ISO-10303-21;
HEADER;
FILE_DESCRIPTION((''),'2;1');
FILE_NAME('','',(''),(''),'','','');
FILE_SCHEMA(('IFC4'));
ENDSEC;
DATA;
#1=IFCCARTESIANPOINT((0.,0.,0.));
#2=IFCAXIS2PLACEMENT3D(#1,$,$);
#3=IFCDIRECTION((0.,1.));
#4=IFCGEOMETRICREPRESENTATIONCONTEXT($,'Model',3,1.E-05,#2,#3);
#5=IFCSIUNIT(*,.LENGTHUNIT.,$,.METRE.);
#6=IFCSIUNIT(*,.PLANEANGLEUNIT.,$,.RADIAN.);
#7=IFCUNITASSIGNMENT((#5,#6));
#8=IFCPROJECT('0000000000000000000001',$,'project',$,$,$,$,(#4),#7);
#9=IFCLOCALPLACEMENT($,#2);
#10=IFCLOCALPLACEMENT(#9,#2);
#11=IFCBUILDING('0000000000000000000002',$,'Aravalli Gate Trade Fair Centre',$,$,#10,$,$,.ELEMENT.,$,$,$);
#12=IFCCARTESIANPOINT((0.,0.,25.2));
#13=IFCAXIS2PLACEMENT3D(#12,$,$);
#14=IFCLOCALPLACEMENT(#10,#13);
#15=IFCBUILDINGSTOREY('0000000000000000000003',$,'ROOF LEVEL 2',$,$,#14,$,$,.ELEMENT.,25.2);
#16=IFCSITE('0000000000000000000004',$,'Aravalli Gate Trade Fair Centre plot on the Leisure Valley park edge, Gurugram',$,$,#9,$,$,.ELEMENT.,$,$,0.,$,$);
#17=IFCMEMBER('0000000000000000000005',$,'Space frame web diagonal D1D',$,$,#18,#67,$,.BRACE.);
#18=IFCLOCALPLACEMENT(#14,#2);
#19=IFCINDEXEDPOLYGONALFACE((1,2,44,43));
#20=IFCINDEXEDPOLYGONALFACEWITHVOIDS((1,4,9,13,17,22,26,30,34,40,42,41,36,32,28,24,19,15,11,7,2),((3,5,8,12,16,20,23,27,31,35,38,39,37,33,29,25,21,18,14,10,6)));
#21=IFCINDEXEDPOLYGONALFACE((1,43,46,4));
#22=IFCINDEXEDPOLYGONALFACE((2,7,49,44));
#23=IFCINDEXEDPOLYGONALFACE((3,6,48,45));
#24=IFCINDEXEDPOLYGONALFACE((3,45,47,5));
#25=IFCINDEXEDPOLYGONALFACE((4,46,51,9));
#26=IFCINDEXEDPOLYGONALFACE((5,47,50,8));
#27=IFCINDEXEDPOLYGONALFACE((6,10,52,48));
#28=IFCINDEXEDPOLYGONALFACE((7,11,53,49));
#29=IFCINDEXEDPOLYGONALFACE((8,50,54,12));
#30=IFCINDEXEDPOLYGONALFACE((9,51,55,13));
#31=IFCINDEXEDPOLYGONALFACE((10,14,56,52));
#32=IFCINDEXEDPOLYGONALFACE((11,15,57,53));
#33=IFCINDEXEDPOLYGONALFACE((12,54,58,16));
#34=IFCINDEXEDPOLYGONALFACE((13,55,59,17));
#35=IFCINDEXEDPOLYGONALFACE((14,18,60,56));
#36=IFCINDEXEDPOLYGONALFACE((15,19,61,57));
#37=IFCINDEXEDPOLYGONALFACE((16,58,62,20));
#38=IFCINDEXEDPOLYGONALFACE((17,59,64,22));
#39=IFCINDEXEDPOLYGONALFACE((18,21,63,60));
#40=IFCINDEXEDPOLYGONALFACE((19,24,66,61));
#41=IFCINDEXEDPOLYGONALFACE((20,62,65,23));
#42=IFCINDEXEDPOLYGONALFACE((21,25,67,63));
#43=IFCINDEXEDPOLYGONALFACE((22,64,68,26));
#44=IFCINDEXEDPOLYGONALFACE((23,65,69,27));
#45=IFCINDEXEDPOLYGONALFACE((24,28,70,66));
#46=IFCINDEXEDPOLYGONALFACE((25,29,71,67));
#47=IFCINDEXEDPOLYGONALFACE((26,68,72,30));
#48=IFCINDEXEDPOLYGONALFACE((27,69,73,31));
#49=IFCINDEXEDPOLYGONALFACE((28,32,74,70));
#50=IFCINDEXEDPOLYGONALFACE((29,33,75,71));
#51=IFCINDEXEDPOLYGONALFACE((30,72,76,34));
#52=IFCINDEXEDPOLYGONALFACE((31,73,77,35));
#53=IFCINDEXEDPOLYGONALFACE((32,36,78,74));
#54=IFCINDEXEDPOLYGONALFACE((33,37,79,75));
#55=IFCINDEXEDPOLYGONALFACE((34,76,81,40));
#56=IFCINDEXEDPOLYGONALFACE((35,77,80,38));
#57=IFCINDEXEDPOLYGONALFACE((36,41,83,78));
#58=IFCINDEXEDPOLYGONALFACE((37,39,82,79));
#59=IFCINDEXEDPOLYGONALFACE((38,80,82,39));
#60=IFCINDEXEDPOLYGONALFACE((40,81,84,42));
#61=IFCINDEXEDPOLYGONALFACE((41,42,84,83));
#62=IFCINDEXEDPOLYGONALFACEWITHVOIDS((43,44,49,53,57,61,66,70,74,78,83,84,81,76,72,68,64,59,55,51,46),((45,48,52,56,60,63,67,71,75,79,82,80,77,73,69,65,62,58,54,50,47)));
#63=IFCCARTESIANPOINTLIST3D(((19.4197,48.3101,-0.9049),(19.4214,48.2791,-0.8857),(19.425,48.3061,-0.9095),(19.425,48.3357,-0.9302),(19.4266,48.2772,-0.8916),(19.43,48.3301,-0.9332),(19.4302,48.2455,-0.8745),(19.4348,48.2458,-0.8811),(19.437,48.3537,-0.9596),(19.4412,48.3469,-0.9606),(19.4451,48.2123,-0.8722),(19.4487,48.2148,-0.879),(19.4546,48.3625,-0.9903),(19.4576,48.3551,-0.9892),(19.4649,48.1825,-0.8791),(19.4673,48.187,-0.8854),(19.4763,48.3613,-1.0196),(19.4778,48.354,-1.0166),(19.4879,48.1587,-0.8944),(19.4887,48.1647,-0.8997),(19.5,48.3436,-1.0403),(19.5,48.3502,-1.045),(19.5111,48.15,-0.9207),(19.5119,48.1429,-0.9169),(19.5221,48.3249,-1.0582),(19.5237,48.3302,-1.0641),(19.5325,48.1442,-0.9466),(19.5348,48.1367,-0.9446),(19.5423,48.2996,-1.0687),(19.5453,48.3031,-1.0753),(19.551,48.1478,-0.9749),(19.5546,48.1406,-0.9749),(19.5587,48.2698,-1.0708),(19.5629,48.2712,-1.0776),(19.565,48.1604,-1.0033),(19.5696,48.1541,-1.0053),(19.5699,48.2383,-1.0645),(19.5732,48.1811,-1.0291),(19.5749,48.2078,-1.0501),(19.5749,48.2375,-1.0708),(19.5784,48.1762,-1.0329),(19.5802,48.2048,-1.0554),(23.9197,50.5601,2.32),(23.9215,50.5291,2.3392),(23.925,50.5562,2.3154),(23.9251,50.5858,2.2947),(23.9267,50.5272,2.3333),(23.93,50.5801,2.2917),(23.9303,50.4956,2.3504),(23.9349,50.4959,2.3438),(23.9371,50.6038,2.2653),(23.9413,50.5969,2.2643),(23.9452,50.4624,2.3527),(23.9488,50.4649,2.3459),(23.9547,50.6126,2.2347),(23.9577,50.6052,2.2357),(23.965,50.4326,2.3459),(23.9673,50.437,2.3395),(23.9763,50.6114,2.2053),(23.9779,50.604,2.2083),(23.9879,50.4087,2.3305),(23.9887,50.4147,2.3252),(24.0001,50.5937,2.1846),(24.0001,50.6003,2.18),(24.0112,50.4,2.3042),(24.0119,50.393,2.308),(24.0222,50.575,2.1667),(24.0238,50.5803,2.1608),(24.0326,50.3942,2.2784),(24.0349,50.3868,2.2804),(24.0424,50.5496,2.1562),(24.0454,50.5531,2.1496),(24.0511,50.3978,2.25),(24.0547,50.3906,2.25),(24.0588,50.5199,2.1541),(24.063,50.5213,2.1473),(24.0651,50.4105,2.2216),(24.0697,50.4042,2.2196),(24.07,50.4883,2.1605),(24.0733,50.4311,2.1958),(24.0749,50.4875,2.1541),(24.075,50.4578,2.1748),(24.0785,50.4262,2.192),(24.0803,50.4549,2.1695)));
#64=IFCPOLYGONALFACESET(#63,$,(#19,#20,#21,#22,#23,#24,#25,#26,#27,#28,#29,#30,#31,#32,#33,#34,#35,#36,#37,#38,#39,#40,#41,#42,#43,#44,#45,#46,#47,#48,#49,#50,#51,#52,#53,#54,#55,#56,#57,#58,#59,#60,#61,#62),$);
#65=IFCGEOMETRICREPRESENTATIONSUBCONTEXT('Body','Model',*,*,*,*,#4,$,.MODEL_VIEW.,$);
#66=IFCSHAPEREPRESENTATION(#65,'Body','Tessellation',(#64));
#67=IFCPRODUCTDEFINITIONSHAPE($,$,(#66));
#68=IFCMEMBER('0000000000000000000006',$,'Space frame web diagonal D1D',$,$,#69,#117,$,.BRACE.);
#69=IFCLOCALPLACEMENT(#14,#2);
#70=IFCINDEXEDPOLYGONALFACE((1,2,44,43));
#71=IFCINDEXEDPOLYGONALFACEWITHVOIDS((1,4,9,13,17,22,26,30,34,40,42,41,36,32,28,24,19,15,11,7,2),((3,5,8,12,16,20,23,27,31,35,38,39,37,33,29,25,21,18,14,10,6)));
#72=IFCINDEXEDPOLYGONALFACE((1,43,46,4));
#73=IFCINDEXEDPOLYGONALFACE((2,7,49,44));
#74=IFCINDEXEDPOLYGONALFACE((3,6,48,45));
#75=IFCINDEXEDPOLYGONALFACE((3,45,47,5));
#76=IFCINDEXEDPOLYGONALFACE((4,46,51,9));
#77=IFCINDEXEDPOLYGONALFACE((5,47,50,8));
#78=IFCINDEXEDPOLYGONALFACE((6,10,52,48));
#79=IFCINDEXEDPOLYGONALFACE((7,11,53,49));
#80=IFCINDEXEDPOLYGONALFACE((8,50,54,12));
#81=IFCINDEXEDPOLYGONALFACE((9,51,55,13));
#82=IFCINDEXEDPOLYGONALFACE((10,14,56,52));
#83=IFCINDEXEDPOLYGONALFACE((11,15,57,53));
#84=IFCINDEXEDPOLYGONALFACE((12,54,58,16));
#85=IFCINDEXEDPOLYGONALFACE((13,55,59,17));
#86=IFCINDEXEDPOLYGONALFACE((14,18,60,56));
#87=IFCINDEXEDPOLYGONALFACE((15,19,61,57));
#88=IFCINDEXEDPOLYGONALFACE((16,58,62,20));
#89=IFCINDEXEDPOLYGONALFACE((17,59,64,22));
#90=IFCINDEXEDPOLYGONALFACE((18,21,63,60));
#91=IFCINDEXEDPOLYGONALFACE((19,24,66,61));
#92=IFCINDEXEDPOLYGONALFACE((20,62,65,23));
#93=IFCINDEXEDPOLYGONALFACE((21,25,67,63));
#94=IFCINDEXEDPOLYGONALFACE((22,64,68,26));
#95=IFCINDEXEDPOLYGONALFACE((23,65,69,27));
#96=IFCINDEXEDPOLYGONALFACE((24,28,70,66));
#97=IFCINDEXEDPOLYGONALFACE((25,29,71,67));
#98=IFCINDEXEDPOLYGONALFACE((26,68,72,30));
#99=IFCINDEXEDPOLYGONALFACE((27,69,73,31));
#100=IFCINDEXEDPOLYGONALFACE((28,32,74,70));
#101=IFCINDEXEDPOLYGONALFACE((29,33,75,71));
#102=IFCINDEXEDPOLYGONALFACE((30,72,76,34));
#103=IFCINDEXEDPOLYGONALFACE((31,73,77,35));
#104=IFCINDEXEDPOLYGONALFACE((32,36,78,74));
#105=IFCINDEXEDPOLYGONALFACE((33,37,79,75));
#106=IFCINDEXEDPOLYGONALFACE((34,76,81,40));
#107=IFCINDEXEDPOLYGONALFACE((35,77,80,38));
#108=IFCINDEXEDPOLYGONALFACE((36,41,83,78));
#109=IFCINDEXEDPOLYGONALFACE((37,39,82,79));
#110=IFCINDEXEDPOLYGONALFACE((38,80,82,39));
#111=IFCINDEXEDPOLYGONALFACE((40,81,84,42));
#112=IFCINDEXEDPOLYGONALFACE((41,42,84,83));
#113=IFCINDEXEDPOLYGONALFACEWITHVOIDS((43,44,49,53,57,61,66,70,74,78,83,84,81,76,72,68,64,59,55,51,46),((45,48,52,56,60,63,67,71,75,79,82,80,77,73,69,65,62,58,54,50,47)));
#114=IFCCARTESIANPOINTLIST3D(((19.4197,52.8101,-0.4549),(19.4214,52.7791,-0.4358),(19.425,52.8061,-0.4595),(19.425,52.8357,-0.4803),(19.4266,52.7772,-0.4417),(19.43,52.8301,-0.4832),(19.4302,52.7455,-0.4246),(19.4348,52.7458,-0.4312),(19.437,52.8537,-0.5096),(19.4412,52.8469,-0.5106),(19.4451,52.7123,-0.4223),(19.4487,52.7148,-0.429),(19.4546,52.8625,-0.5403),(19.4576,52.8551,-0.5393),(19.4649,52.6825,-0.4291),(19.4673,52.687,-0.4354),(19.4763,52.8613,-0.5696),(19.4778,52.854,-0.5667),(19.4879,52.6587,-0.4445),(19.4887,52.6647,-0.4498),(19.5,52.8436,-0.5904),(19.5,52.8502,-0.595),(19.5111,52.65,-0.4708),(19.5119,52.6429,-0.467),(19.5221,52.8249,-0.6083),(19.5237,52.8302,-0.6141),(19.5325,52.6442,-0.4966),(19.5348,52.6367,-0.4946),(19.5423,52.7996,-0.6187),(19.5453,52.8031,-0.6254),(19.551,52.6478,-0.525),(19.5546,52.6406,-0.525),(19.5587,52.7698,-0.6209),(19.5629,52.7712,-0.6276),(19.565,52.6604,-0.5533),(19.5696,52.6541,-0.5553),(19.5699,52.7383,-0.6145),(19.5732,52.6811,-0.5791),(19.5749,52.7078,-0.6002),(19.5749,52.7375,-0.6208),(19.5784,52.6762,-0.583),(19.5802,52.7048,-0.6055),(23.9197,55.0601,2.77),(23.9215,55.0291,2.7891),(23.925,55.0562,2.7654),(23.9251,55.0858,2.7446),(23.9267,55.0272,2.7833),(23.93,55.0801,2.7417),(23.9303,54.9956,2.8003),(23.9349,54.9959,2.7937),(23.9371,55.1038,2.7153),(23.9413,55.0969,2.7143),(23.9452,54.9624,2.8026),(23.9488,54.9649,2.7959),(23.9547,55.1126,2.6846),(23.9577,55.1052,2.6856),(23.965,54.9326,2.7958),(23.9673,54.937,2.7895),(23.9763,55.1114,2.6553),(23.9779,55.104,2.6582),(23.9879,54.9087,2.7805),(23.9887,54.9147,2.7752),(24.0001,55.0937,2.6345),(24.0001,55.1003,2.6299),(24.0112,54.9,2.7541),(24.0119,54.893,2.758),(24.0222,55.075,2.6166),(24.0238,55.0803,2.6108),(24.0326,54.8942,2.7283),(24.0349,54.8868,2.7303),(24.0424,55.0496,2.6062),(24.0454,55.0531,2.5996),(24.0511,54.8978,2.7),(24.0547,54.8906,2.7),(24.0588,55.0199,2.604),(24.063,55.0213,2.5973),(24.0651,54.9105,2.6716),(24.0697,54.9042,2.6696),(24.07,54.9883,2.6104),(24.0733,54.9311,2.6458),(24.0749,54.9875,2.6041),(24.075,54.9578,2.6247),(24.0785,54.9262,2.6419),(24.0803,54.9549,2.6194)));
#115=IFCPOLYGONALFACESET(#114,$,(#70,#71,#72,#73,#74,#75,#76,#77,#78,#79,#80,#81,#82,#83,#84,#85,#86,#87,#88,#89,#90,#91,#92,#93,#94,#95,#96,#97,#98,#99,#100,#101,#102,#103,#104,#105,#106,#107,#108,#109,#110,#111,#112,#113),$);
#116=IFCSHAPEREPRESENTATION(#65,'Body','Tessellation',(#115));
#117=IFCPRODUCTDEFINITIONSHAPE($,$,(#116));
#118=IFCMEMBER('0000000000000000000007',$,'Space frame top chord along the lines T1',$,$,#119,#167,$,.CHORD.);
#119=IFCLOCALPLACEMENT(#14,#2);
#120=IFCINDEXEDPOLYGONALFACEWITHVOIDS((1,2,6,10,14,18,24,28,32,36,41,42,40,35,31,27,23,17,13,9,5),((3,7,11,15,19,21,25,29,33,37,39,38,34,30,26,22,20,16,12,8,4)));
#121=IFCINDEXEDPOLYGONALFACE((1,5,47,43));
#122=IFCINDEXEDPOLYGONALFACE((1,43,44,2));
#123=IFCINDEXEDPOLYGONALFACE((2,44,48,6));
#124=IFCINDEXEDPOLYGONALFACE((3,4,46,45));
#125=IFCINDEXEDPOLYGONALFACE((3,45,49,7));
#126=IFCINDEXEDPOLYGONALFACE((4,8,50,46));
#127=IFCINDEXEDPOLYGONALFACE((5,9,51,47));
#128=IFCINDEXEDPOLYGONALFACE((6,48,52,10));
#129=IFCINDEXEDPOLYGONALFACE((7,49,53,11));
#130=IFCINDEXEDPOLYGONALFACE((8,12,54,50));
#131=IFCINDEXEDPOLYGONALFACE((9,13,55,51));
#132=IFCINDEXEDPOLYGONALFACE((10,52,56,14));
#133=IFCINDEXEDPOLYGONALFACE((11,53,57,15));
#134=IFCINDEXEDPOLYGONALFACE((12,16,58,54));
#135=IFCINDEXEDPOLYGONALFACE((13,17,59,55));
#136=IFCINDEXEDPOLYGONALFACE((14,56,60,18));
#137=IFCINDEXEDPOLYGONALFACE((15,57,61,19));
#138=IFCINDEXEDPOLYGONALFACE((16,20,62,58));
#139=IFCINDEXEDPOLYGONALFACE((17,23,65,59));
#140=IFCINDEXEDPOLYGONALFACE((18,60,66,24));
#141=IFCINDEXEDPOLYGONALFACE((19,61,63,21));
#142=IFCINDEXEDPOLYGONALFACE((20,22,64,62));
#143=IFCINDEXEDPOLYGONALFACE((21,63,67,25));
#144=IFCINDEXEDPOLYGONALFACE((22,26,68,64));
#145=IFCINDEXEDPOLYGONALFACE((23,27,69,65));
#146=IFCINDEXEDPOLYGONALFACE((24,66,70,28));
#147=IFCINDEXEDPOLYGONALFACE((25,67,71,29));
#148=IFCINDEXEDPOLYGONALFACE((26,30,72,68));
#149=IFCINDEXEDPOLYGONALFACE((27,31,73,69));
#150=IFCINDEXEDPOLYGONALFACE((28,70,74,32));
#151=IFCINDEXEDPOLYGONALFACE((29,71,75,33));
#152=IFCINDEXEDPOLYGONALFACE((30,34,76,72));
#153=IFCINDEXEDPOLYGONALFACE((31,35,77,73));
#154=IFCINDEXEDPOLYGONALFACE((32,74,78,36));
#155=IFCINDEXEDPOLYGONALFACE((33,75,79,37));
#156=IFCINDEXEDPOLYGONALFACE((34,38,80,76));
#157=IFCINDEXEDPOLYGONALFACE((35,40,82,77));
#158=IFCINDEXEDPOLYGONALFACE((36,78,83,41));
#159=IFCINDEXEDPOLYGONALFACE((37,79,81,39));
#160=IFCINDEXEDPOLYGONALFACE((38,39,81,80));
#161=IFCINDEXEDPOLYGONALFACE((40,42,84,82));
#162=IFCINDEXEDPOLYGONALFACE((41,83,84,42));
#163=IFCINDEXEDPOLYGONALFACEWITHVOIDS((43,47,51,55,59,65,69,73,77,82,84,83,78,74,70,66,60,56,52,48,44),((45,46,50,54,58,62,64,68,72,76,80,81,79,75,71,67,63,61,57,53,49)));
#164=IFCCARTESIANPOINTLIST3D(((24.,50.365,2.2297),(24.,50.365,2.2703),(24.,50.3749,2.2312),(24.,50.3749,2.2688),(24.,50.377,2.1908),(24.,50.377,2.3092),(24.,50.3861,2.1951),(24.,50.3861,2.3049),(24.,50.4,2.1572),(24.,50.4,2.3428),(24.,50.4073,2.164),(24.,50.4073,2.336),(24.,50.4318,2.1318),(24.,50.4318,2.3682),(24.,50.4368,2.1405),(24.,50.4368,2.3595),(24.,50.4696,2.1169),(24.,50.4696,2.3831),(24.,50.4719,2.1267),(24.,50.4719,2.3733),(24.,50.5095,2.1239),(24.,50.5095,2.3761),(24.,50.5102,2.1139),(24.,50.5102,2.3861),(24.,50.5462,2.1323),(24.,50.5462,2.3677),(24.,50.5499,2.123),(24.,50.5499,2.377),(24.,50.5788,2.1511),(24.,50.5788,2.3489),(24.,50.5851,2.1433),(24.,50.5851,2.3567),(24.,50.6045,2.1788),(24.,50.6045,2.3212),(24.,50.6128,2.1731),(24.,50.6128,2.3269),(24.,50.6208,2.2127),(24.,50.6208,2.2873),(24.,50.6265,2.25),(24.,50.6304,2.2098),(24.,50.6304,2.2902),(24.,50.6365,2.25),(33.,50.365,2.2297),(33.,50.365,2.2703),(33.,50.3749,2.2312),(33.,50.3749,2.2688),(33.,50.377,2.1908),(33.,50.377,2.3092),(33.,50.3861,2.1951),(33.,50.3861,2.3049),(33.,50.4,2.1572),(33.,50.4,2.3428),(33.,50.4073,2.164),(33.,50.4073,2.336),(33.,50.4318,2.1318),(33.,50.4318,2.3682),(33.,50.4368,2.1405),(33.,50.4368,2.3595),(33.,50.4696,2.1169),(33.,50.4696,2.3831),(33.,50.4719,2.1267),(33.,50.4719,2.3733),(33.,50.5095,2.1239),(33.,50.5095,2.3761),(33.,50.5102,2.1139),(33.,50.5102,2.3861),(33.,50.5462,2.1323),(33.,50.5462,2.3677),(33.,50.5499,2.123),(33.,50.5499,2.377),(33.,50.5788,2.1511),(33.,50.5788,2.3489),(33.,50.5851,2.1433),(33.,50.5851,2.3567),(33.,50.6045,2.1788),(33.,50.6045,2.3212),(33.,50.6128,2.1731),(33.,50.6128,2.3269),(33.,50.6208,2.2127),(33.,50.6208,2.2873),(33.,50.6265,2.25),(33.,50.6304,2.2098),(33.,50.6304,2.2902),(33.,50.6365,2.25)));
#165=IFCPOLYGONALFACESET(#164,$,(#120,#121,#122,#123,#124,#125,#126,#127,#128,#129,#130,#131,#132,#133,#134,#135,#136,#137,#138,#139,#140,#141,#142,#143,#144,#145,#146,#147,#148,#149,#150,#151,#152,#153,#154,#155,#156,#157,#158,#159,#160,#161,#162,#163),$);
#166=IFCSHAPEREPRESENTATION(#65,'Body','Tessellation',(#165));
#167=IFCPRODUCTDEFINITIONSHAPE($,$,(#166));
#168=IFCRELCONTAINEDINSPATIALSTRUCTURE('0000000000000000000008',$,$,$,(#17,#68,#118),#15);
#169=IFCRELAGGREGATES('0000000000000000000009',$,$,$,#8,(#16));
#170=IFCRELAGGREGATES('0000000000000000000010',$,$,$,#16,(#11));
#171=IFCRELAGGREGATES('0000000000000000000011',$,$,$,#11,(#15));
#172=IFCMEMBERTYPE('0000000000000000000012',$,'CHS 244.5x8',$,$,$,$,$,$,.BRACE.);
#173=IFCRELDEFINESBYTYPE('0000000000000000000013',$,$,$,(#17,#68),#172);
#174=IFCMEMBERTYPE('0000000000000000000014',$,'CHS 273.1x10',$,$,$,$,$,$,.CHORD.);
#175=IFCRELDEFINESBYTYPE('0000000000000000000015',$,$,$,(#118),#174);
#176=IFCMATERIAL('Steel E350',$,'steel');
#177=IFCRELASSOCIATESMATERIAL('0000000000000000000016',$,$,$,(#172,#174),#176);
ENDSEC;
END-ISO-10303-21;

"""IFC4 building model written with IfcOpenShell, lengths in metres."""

from ifc_helpers import new_model, si_unit, direction, frame, origin, origin_2d, place, context, subcontext, project, spatial, hollow_circle, extrude, material, material_profile, profile_set, type_object, element, save


model = new_model("IFC4")

# Units and contexts
model_context = context("Model", 3, precision=1e-05, world=origin(), true_north=direction((0.0, 1.0)))
body_context = subcontext(model_context, "Body", "Model", "MODEL_VIEW")
ifc_project = project(units=[si_unit("LENGTHUNIT", "METRE"), si_unit("PLANEANGLEUNIT", "RADIAN")], contexts=[model_context])

# Site, building, storey
site_placement = place(None, origin())
site = spatial("IfcSite", under=ifc_project, at=site_placement, Name="Aravalli Gate Trade Fair Centre plot on the Leisure Valley park edge, Gurugram", CompositionType="ELEMENT", RefElevation=0.0)
building_placement = place(site_placement, origin())
building = spatial("IfcBuilding", under=site, at=building_placement, Name="Aravalli Gate Trade Fair Centre", CompositionType="ELEMENT")
storey_placement = place(building_placement, frame((0.0, 0.0, 25.2)))
storey = spatial("IfcBuildingStorey", under=building, at=storey_placement, Name="ROOF LEVEL 2", CompositionType="ELEMENT", Elevation=25.2)

# Members
ifc_material = material(Name="Steel E350", Category="steel")
ifc_material_profile_1 = material_profile(ifc_material, hollow_circle(Radius=0.1223, WallThickness=0.0081, at=origin_2d()), Name="CHS 244.5x8")
ifc_profile_set_1 = profile_set([ifc_material_profile_1], Name="Steel E350")
member_type_1 = type_object("IfcMemberType", Name="CHS 244.5x8", PredefinedType="BRACE", material=ifc_profile_set_1)
for number, where, z_axis, x_axis, name in (
    (1, (24.0, 50.5, 2.25), (-0.753016, -0.376508, -0.539637), (0.447214, -0.894427, 0.0), "Space frame web diagonal D1D"),
    (2, (24.0, 55.0, 2.7), (-0.753016, -0.376508, -0.539637), (0.447214, -0.894427, 0.0), "Space frame web diagonal D1D"),
):
    element("IfcMember", number, at=place(storey_placement, frame(where, z_axis=z_axis, x_axis=x_axis)), inside=storey, type_object=member_type_1, Name=name, PredefinedType="BRACE", context=body_context, shape_type="SweptSolid", body=[
        extrude(hollow_circle(Radius=0.1223, WallThickness=0.0081, at=origin_2d()), origin(), (0.0, 0.0, 1.0), 5.9761),
    ])
ifc_material_profile_2 = material_profile(ifc_material, hollow_circle(Radius=0.1365, WallThickness=0.01, at=origin_2d()), Name="CHS 273.1x10")
ifc_profile_set_2 = profile_set([ifc_material_profile_2], Name="Steel E350")
member_type_2 = type_object("IfcMemberType", Name="CHS 273.1x10", PredefinedType="CHORD", material=ifc_profile_set_2)
for number, where, z_axis, x_axis, name in (
    (3, (24.0, 50.5, 2.25), (1.0, 0.0, 0.0), (0.0, 1.0, 0.0), "Space frame top chord along the lines T1"),
):
    element("IfcMember", number, at=place(storey_placement, frame(where, z_axis=z_axis, x_axis=x_axis)), inside=storey, type_object=member_type_2, Name=name, PredefinedType="CHORD", context=body_context, shape_type="SweptSolid", body=[
        extrude(hollow_circle(Radius=0.1365, WallThickness=0.01, at=origin_2d()), origin(), (0.0, 0.0, 1.0), 9.0),
    ])

save(model, "model.ifc")
